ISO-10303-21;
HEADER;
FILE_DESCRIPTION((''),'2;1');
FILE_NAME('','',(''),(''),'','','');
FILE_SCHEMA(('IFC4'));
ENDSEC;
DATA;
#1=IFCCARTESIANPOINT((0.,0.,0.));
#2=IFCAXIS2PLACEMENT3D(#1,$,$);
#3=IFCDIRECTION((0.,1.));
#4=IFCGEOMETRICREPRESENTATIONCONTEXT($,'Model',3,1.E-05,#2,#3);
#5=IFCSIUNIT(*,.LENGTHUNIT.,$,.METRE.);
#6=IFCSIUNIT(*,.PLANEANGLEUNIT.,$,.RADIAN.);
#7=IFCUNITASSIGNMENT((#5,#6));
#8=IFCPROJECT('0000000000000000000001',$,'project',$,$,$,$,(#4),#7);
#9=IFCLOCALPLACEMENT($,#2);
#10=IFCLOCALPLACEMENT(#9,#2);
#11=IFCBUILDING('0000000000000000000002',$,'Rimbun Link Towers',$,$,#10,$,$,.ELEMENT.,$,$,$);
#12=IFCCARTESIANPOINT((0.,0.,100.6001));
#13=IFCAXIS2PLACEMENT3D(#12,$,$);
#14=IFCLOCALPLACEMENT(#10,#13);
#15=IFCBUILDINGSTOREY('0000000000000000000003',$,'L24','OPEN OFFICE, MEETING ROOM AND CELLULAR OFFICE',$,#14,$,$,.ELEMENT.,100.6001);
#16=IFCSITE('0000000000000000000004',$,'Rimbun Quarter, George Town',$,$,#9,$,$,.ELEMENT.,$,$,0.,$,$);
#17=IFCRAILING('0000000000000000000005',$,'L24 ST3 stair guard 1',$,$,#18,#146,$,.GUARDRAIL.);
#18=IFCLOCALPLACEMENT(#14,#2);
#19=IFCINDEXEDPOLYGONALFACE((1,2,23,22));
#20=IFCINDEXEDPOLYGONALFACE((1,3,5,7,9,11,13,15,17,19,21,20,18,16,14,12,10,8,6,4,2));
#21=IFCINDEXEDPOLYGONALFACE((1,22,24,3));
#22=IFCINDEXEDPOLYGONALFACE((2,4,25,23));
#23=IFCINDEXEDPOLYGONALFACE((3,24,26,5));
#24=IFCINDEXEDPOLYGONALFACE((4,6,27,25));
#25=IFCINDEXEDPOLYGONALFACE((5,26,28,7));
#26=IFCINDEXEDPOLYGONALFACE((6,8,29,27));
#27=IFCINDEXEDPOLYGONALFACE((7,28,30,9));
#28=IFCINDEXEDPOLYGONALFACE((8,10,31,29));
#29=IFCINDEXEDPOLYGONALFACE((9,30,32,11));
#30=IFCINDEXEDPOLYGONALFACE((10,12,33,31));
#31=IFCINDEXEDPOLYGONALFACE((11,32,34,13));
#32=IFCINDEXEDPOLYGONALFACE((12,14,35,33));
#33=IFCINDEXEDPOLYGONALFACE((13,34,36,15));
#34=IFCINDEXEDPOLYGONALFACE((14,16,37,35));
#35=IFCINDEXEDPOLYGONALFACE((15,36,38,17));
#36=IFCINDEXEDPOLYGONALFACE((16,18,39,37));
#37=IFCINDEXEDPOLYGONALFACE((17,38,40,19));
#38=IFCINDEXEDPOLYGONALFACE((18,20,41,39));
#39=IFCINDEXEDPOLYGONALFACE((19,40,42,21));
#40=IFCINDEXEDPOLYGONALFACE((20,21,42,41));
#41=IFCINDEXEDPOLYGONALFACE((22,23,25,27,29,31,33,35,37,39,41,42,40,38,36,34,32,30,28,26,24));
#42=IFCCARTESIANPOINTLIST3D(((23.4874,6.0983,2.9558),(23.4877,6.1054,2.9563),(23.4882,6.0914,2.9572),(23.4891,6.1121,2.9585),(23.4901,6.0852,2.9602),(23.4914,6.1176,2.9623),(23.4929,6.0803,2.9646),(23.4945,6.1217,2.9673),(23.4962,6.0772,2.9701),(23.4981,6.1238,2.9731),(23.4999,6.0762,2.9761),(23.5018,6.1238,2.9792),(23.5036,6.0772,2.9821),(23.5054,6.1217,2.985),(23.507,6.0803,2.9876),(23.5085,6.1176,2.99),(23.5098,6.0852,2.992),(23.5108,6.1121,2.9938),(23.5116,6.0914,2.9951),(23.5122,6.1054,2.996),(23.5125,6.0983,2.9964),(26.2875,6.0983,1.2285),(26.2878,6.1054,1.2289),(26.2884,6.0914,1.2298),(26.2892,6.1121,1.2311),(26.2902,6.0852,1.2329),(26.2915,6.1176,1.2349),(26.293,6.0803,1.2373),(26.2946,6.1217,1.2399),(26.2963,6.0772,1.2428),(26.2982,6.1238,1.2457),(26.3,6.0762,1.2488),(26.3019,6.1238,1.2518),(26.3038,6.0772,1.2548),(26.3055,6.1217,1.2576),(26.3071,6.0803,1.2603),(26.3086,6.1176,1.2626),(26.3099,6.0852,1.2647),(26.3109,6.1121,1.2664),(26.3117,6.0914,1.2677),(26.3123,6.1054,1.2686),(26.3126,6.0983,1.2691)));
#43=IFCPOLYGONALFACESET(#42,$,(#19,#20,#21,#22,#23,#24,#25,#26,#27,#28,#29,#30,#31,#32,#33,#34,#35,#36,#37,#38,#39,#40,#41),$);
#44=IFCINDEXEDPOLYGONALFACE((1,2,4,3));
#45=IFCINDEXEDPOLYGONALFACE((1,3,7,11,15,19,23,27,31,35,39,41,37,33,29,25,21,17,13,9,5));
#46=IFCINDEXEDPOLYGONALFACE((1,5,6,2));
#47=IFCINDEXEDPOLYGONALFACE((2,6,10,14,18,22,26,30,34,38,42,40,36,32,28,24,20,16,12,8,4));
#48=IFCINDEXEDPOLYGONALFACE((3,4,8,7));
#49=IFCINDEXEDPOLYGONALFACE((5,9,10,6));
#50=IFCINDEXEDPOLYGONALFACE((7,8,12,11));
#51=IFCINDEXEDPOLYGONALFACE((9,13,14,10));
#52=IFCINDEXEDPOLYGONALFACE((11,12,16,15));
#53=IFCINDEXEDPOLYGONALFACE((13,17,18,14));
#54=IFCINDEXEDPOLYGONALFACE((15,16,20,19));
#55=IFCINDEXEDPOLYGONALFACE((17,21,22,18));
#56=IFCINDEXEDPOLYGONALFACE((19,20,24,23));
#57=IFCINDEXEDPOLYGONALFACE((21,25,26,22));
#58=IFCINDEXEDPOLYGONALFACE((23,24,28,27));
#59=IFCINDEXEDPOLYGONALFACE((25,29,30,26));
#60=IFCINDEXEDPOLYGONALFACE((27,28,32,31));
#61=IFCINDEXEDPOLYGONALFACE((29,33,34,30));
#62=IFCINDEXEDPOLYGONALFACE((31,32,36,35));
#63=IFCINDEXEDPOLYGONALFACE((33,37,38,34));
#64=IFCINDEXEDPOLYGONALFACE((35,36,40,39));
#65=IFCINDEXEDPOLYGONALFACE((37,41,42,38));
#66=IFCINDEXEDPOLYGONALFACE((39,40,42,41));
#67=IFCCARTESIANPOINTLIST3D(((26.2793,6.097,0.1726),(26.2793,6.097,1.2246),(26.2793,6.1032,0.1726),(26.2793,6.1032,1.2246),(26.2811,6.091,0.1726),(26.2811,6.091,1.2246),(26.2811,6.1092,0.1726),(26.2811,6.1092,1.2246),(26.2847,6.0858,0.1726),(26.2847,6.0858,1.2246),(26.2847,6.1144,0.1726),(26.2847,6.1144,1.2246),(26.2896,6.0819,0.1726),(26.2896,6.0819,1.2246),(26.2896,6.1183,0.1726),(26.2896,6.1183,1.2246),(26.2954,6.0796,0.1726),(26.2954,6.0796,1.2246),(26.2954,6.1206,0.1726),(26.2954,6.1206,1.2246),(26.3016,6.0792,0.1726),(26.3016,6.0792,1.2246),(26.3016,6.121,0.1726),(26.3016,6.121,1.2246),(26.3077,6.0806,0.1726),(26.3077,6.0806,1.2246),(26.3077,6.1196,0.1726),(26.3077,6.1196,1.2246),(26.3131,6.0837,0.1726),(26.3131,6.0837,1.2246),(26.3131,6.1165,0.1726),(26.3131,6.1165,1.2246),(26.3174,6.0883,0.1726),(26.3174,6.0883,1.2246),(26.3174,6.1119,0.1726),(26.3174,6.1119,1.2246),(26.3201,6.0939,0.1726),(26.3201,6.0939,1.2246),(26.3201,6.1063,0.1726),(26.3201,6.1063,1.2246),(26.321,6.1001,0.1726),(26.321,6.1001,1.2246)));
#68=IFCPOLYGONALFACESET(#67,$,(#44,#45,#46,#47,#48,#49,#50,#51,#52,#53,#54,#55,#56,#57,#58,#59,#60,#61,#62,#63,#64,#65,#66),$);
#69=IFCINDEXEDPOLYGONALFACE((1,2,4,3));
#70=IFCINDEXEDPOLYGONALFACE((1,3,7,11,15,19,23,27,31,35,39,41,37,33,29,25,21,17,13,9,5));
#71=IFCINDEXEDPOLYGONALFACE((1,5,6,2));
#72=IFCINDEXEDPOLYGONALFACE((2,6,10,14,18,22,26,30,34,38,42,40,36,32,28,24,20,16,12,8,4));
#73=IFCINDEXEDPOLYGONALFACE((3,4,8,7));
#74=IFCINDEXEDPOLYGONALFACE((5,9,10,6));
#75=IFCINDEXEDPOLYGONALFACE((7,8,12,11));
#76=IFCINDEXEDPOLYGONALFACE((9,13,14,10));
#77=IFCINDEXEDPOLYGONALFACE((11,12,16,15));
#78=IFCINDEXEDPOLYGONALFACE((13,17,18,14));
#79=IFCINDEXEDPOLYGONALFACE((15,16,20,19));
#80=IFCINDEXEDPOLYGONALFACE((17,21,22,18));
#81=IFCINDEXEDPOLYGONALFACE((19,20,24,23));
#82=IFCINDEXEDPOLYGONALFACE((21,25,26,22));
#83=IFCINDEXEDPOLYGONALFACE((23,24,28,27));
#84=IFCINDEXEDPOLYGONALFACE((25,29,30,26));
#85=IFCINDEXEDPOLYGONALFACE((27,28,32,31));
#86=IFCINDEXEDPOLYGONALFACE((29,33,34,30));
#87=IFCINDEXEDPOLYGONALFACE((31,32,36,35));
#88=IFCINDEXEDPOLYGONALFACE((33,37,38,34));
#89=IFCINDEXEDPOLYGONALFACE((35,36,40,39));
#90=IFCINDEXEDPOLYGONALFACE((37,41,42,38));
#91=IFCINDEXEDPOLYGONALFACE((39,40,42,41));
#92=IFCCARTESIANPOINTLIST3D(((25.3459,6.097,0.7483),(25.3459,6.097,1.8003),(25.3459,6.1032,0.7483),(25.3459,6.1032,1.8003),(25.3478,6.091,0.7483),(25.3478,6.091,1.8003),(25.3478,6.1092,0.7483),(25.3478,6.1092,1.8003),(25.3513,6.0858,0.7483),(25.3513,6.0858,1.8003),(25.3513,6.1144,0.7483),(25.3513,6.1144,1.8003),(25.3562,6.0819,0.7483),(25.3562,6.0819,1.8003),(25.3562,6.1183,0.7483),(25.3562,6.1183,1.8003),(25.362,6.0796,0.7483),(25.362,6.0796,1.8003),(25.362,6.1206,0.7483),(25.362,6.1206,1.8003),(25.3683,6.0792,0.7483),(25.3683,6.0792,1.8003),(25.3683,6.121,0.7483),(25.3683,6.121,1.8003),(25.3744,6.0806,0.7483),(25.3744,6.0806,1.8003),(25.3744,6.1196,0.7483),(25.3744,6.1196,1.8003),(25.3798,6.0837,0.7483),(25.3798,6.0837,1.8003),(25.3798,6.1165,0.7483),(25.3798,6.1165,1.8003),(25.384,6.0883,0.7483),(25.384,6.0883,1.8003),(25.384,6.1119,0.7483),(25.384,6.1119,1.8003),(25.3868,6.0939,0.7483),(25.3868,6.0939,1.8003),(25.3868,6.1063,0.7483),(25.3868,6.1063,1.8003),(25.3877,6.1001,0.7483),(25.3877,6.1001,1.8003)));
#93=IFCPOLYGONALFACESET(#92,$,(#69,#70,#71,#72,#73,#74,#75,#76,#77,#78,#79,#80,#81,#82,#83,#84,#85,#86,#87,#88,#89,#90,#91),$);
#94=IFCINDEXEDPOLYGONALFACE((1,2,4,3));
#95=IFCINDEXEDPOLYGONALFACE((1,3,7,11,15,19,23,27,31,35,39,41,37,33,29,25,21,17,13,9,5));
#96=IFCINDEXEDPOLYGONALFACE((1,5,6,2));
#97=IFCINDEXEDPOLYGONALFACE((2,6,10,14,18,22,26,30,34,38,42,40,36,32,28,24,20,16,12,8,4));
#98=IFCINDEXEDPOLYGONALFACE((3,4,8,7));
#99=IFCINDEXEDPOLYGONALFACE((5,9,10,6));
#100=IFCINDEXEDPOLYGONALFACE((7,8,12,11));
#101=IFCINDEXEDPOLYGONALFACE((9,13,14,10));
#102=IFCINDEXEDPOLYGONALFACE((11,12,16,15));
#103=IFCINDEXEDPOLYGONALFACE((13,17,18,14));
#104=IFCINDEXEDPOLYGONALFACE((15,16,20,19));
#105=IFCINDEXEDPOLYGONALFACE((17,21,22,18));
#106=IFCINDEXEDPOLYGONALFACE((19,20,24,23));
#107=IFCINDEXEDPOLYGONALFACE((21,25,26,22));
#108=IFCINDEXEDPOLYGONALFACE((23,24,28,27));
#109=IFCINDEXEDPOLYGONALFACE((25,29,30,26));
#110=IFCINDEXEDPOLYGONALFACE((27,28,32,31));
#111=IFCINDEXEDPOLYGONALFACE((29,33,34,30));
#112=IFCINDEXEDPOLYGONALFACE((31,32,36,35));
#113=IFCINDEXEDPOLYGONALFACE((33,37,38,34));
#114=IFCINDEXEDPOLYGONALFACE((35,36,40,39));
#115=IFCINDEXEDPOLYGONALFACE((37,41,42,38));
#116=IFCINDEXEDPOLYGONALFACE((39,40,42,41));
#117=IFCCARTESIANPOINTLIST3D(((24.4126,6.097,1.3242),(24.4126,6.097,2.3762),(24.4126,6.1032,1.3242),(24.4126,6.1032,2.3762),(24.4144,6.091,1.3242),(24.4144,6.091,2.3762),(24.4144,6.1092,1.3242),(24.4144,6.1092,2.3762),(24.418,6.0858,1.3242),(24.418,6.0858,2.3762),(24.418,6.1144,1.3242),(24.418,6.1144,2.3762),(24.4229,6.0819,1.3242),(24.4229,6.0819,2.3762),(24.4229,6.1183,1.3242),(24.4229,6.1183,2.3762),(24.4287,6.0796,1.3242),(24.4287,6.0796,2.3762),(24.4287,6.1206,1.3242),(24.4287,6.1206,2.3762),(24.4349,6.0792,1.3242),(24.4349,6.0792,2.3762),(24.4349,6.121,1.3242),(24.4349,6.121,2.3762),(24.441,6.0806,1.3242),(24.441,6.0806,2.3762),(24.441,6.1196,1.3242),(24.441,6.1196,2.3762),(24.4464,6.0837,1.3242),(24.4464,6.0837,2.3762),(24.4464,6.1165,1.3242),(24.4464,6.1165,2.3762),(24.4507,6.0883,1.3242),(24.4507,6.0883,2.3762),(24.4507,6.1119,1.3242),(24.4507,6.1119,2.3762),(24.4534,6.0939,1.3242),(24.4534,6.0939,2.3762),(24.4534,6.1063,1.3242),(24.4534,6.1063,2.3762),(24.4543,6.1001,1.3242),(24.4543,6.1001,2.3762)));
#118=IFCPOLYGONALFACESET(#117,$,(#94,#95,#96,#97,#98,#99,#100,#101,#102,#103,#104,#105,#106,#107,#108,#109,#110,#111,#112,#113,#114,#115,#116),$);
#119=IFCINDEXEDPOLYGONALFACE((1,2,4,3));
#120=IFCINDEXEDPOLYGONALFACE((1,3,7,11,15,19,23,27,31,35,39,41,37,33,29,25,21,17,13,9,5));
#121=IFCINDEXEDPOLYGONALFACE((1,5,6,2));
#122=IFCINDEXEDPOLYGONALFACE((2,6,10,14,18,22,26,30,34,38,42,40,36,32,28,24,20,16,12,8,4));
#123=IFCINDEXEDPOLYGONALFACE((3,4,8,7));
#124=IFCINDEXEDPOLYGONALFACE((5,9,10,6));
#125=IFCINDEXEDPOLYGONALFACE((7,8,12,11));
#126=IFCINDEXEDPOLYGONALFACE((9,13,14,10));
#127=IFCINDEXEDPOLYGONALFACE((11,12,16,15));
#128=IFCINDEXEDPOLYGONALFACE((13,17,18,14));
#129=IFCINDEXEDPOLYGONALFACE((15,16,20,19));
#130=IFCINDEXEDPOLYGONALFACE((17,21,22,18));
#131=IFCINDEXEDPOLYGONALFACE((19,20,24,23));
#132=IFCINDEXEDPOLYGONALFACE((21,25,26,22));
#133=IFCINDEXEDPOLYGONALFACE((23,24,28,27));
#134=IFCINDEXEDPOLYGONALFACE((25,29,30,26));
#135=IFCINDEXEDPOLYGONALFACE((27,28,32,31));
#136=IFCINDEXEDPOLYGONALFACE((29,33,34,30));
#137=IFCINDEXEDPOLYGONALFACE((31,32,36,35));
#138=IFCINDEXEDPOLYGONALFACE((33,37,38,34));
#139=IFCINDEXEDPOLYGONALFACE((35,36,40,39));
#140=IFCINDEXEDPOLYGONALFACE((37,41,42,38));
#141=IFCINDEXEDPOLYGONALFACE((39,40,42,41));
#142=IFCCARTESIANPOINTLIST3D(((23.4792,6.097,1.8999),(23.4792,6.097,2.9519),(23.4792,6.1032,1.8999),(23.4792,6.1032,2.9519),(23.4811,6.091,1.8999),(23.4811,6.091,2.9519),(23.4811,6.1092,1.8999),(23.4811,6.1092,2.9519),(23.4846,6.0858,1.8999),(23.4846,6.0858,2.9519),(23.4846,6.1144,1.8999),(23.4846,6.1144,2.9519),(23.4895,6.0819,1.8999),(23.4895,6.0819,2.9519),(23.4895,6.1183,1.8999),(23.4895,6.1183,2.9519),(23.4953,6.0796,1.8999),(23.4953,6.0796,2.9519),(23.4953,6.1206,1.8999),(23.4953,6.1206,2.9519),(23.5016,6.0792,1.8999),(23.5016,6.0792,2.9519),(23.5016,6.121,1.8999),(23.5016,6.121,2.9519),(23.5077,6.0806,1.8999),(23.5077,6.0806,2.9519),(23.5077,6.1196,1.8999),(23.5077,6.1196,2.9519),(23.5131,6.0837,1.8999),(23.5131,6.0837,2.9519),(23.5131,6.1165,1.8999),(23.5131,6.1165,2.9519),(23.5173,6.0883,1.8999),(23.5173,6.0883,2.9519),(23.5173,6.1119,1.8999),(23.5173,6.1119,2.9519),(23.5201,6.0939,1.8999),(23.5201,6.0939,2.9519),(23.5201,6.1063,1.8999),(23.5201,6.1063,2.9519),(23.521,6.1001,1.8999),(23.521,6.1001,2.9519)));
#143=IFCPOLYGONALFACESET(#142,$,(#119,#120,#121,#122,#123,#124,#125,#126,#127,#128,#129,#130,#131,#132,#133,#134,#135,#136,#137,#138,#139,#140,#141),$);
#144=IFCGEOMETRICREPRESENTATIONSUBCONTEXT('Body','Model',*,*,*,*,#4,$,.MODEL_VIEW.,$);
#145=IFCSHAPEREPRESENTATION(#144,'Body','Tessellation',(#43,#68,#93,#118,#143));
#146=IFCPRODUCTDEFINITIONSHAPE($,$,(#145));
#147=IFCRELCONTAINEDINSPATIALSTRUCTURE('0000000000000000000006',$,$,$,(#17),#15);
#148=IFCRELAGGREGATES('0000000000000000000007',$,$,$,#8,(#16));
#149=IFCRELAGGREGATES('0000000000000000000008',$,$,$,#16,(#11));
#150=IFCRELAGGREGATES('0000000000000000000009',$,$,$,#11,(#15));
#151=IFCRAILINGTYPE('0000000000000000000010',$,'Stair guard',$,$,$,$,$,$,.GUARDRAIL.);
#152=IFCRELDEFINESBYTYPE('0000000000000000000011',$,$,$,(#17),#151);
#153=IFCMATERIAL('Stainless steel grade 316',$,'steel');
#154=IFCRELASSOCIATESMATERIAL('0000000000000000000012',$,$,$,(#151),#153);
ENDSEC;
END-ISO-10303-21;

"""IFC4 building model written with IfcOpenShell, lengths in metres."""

from ifc_helpers import new_model, si_unit, direction, frame, origin, origin_2d, place, context, subcontext, project, spatial, circle, extrude, material, type_object, element, save


model = new_model("IFC4")

# Units and contexts
model_context = context("Model", 3, precision=1e-05, world=origin(), true_north=direction((0.0, 1.0)))
body_context = subcontext(model_context, "Body", "Model", "MODEL_VIEW")
ifc_project = project(units=[si_unit("LENGTHUNIT", "METRE"), si_unit("PLANEANGLEUNIT", "RADIAN")], contexts=[model_context])

# Site, building, storey
site_placement = place(None, origin())
site = spatial("IfcSite", under=ifc_project, at=site_placement, Name="Rimbun Quarter, George Town", CompositionType="ELEMENT", RefElevation=0.0)
building_placement = place(site_placement, origin())
building = spatial("IfcBuilding", under=site, at=building_placement, Name="Rimbun Link Towers", CompositionType="ELEMENT")
storey_placement = place(building_placement, frame((0.0, 0.0, 100.6001)))
storey = spatial("IfcBuildingStorey", under=building, at=storey_placement, Name="L24", Description="OPEN OFFICE, MEETING ROOM AND CELLULAR OFFICE", CompositionType="ELEMENT", Elevation=100.6001)

# Railing
ifc_material_1 = material(Name="Stainless steel grade 316", Category="steel")
railing_type_1 = type_object("IfcRailingType", Name="Stair guard", PredefinedType="GUARDRAIL", material=ifc_material_1)
railing_1_placement = place(storey_placement, frame((26.3, 6.1001, 0.1726)))
element("IfcRailing", 1, at=railing_1_placement, inside=storey, type_object=railing_type_1, Name="L24 ST3 stair guard 1", PredefinedType="GUARDRAIL", context=body_context, shape_type="SweptSolid", body=[
    extrude(circle(Radius=0.0239, at=origin_2d()), frame((0.0, 0.0, 1.0762), z_axis=(-0.85109, 0.0, 0.52502), x_axis=(0.0, -1.0, 0.0)), (0.0, 0.0, 1.0), 3.29),
    extrude(circle(Radius=0.021, at=origin_2d()), origin(), (0.0, 0.0, 1.0), 1.052),
    extrude(circle(Radius=0.021, at=origin_2d()), frame((-0.9333, 0.0, 0.5757)), (0.0, 0.0, 1.0), 1.052),
    extrude(circle(Radius=0.021, at=origin_2d()), frame((-1.8667, 0.0, 1.1516)), (0.0, 0.0, 1.0), 1.052),
    extrude(circle(Radius=0.021, at=origin_2d()), frame((-2.8, 0.0, 1.7273)), (0.0, 0.0, 1.0), 1.052),
])

save(model, "model.ifc")
